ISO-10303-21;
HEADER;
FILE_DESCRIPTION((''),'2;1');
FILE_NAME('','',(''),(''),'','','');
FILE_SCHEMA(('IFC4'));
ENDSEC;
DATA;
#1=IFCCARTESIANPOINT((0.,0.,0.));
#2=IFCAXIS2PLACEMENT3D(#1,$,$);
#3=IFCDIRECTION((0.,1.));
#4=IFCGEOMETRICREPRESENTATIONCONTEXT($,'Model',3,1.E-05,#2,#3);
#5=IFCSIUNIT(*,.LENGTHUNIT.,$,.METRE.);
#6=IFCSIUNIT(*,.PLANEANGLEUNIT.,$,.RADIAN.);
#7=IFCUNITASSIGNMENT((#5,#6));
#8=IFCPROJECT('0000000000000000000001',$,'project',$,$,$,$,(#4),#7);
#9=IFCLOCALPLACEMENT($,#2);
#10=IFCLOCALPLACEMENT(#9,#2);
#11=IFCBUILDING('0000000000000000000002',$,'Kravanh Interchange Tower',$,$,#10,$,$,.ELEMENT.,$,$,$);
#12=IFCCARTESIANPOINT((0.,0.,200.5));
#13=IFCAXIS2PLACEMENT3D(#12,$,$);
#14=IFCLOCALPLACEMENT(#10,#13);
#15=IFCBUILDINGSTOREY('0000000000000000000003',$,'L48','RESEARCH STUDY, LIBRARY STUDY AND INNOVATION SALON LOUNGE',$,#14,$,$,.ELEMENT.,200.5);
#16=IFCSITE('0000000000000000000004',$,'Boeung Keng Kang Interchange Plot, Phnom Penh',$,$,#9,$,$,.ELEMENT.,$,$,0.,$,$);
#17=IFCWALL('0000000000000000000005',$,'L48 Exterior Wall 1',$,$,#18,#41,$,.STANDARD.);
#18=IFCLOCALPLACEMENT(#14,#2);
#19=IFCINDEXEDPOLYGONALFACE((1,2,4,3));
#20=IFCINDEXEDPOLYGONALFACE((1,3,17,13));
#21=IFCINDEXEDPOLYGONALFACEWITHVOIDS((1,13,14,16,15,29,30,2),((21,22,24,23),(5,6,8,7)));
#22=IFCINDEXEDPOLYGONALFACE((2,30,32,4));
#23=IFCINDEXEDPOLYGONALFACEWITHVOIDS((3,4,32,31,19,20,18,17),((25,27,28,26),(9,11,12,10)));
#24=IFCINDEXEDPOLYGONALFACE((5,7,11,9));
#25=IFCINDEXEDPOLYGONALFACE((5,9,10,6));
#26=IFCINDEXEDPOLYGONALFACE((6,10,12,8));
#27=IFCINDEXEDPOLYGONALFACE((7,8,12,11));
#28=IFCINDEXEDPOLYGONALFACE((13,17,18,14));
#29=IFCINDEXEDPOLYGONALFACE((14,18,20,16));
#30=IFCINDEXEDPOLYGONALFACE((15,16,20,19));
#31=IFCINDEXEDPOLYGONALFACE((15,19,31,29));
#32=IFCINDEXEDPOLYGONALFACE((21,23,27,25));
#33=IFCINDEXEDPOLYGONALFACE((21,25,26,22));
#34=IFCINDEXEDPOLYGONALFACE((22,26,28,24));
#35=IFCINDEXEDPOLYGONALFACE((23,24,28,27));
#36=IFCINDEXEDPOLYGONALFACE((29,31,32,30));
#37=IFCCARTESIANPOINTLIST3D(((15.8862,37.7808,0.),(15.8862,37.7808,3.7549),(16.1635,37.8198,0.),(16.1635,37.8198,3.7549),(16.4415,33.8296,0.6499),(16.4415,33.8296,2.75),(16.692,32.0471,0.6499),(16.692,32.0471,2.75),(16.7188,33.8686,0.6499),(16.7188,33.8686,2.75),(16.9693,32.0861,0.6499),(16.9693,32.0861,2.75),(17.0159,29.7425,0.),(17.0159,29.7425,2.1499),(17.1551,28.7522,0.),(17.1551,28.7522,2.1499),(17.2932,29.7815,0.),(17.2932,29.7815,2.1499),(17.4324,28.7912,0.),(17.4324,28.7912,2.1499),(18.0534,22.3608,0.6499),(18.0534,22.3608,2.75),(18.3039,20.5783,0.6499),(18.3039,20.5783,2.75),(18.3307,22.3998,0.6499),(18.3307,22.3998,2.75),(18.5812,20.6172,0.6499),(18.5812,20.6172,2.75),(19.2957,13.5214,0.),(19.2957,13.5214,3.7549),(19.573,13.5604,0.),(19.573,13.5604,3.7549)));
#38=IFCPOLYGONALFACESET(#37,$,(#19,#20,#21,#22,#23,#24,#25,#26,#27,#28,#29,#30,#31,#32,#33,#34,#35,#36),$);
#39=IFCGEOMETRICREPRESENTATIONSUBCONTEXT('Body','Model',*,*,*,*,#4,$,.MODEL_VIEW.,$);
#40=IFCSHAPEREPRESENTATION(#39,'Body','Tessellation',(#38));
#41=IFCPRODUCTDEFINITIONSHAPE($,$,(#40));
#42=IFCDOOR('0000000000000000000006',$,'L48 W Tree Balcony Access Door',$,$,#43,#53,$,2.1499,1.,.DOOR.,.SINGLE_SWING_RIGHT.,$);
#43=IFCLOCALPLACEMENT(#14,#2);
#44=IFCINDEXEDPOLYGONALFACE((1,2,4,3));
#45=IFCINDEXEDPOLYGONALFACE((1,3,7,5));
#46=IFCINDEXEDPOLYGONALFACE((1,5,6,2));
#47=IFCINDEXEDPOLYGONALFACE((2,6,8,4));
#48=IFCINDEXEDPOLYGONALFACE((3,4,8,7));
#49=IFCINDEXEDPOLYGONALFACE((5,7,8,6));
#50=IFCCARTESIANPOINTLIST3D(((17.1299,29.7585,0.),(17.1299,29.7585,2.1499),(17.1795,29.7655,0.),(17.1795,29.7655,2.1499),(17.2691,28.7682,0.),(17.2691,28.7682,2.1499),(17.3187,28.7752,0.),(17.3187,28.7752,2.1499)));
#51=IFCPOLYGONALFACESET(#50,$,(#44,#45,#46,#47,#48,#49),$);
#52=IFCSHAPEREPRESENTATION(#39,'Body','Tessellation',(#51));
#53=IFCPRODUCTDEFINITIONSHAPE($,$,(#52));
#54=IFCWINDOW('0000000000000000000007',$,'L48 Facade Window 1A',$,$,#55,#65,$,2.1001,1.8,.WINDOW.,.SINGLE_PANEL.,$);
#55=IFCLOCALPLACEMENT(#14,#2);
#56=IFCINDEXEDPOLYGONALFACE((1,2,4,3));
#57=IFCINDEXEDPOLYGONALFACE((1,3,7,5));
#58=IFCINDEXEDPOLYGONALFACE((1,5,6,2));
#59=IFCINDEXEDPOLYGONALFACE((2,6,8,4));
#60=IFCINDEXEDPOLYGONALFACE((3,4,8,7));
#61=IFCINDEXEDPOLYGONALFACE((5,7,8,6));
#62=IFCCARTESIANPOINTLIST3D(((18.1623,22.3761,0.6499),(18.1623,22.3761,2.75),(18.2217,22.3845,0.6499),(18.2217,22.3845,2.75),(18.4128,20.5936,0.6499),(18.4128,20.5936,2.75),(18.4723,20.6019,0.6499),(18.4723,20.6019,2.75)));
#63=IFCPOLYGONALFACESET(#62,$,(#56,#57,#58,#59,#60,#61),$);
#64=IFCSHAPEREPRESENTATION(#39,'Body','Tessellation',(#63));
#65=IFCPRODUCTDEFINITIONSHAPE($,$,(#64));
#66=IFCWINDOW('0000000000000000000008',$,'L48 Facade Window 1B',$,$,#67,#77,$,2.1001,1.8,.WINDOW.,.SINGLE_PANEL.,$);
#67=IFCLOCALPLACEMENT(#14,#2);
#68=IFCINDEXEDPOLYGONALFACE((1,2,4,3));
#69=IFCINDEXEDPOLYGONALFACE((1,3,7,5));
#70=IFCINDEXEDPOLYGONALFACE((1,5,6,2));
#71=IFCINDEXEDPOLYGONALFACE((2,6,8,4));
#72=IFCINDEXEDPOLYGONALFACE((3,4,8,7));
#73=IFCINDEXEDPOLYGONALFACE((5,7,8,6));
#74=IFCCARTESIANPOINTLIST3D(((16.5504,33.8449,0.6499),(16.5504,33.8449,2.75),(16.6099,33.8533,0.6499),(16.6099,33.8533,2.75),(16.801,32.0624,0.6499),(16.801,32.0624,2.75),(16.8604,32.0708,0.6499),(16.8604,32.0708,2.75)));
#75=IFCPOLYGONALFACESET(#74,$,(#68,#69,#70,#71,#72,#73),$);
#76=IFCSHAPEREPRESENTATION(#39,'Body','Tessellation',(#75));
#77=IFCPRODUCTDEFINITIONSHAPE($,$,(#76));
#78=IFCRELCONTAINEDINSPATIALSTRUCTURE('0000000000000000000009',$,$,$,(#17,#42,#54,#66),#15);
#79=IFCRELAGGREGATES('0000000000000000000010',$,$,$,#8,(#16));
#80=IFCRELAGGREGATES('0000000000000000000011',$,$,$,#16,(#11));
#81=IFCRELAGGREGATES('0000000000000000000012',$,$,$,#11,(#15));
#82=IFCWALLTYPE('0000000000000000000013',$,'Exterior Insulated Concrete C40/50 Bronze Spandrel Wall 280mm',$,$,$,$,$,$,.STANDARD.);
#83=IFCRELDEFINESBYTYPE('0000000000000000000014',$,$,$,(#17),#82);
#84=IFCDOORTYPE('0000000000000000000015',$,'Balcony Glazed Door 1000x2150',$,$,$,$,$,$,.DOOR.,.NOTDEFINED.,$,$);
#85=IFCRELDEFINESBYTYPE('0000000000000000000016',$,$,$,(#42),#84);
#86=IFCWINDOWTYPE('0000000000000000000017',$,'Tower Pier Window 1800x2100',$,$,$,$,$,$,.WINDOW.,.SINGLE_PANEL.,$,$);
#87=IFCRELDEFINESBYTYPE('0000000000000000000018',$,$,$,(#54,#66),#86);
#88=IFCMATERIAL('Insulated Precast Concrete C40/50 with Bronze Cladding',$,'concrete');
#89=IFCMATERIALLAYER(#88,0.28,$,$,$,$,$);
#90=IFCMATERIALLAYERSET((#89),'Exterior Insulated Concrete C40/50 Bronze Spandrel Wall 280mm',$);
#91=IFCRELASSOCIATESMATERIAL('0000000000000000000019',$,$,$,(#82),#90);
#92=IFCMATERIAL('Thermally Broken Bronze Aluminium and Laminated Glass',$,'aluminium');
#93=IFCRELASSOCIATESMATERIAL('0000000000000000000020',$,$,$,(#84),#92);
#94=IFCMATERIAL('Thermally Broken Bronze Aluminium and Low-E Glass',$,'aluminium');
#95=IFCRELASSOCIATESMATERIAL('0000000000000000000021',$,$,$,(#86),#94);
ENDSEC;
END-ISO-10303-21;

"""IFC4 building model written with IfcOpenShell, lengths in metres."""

from ifc_helpers import new_model, si_unit, direction, frame, frame_2d, origin, place, context, subcontext, project, spatial, rectangle, extrude, material, layer, layer_set, type_object, element, fill, save


model = new_model("IFC4")

# Units and contexts
model_context = context("Model", 3, precision=1e-05, world=origin(), true_north=direction((0.0, 1.0)))
body_context = subcontext(model_context, "Body", "Model", "MODEL_VIEW")
ifc_project = project(units=[si_unit("LENGTHUNIT", "METRE"), si_unit("PLANEANGLEUNIT", "RADIAN")], contexts=[model_context])

# Site, building, storey
site_placement = place(None, origin())
site = spatial("IfcSite", under=ifc_project, at=site_placement, Name="Boeung Keng Kang Interchange Plot, Phnom Penh", CompositionType="ELEMENT", RefElevation=0.0)
building_placement = place(site_placement, origin())
building = spatial("IfcBuilding", under=site, at=building_placement, Name="Kravanh Interchange Tower", CompositionType="ELEMENT")
storey_placement = place(building_placement, frame((0.0, 0.0, 200.5)))
storey = spatial("IfcBuildingStorey", under=building, at=storey_placement, Name="L48", Description="RESEARCH STUDY, LIBRARY STUDY AND INNOVATION SALON LOUNGE", CompositionType="ELEMENT", Elevation=200.5)

# Wall, openings, door, windows
ifc_material_1 = material(Name="Insulated Precast Concrete C40/50 with Bronze Cladding", Category="concrete")
ifc_layer_1 = layer(ifc_material_1, 0.28)
ifc_layer_set_1 = layer_set([ifc_layer_1], Name="Exterior Insulated Concrete C40/50 Bronze Spandrel Wall 280mm")
wall_type = type_object("IfcWallType", Name="Exterior Insulated Concrete C40/50 Bronze Spandrel Wall 280mm", PredefinedType="STANDARD", material=ifc_layer_set_1)
wall_placement = place(storey_placement, frame((19.4343, 13.5408, 0.0), z_axis=(0.0, 0.0, 1.0), x_axis=(-0.139173, 0.990268, 0.0)))
wall = element("IfcWall", 1, at=wall_placement, inside=storey, type_object=wall_type, Name="L48 Exterior Wall 1", PredefinedType="STANDARD", context=body_context, shape_type="SweptSolid", body=[
    extrude(rectangle(XDim=24.4978, YDim=0.28, at=frame_2d((12.249, 0.0))), origin(), (0.0, 0.0, 1.0), 3.7549),
])
opening_1_placement = place(wall_placement, frame((15.3806, 0.0, 0.0)))
opening_1 = element("IfcOpeningElement", 2, at=opening_1_placement, cuts=wall, PredefinedType="OPENING", context=body_context, shape_type="SweptSolid", body=[
    extrude(rectangle(XDim=1.0, YDim=2.1499, at=frame_2d((0.5, 1.075))), frame((0.0, 0.1499, 0.0), z_axis=(0.0, -1.0, 0.0), x_axis=(1.0, 0.0, 0.0)), (0.0, 0.0, 1.0), 0.3),
])
opening_2_placement = place(wall_placement, frame((7.1265, 0.0, 0.6499)))
opening_2 = element("IfcOpeningElement", 3, at=opening_2_placement, cuts=wall, PredefinedType="OPENING", context=body_context, shape_type="SweptSolid", body=[
    extrude(rectangle(XDim=1.8, YDim=2.1001, at=frame_2d((0.8999, 1.05))), frame((0.0, 0.1499, 0.0), z_axis=(0.0, -1.0, 0.0), x_axis=(1.0, 0.0, 0.0)), (0.0, 0.0, 1.0), 0.3),
])
opening_3_placement = place(wall_placement, frame((18.708, 0.0, 0.6499)))
opening_3 = element("IfcOpeningElement", 4, at=opening_3_placement, cuts=wall, PredefinedType="OPENING", context=body_context, shape_type="SweptSolid", body=[
    extrude(rectangle(XDim=1.8, YDim=2.1001, at=frame_2d((0.8999, 1.05))), frame((0.0, 0.1499, 0.0), z_axis=(0.0, -1.0, 0.0), x_axis=(1.0, 0.0, 0.0)), (0.0, 0.0, 1.0), 0.3),
])
ifc_material_2 = material(Name="Thermally Broken Bronze Aluminium and Laminated Glass", Category="aluminium")
door_type = type_object("IfcDoorType", Name="Balcony Glazed Door 1000x2150", OperationType="NOTDEFINED", PredefinedType="DOOR", material=ifc_material_2)
door_placement = place(opening_1_placement, origin())
door = element("IfcDoor", 5, at=door_placement, inside=storey, type_object=door_type, Name="L48 W Tree Balcony Access Door", OperationType="SINGLE_SWING_RIGHT", OverallHeight=2.1499, OverallWidth=1.0, PredefinedType="DOOR", context=body_context, shape_type="SweptSolid", body=[
    extrude(rectangle(XDim=1.0, YDim=2.1499, at=frame_2d((0.5, 1.075))), frame((0.0, 0.0249, 0.0), z_axis=(0.0, -1.0, 0.0), x_axis=(1.0, 0.0, 0.0)), (0.0, 0.0, 1.0), 0.05),
])
fill(opening_1, door)
ifc_material_3 = material(Name="Thermally Broken Bronze Aluminium and Low-E Glass", Category="aluminium")
window_type = type_object("IfcWindowType", Name="Tower Pier Window 1800x2100", PartitioningType="SINGLE_PANEL", PredefinedType="WINDOW", material=ifc_material_3)
window_1_placement = place(opening_2_placement, origin())
window_1 = element("IfcWindow", 6, at=window_1_placement, inside=storey, type_object=window_type, Name="L48 Facade Window 1A", OverallHeight=2.1001, OverallWidth=1.8, PartitioningType="SINGLE_PANEL", PredefinedType="WINDOW", context=body_context, shape_type="SweptSolid", body=[
    extrude(rectangle(XDim=1.8, YDim=2.1001, at=frame_2d((0.8999, 1.05))), frame((0.0, 0.03, 0.0), z_axis=(0.0, -1.0, 0.0), x_axis=(1.0, 0.0, 0.0)), (0.0, 0.0, 1.0), 0.0601),
])
fill(opening_2, window_1)
window_2_placement = place(opening_3_placement, origin())
window_2 = element("IfcWindow", 7, at=window_2_placement, inside=storey, type_object=window_type, Name="L48 Facade Window 1B", OverallHeight=2.1001, OverallWidth=1.8, PartitioningType="SINGLE_PANEL", PredefinedType="WINDOW", context=body_context, shape_type="SweptSolid", body=[
    extrude(rectangle(XDim=1.8, YDim=2.1001, at=frame_2d((0.8999, 1.05))), frame((0.0, 0.03, 0.0), z_axis=(0.0, -1.0, 0.0), x_axis=(1.0, 0.0, 0.0)), (0.0, 0.0, 1.0), 0.0601),
])
fill(opening_3, window_2)

save(model, "model.ifc")
